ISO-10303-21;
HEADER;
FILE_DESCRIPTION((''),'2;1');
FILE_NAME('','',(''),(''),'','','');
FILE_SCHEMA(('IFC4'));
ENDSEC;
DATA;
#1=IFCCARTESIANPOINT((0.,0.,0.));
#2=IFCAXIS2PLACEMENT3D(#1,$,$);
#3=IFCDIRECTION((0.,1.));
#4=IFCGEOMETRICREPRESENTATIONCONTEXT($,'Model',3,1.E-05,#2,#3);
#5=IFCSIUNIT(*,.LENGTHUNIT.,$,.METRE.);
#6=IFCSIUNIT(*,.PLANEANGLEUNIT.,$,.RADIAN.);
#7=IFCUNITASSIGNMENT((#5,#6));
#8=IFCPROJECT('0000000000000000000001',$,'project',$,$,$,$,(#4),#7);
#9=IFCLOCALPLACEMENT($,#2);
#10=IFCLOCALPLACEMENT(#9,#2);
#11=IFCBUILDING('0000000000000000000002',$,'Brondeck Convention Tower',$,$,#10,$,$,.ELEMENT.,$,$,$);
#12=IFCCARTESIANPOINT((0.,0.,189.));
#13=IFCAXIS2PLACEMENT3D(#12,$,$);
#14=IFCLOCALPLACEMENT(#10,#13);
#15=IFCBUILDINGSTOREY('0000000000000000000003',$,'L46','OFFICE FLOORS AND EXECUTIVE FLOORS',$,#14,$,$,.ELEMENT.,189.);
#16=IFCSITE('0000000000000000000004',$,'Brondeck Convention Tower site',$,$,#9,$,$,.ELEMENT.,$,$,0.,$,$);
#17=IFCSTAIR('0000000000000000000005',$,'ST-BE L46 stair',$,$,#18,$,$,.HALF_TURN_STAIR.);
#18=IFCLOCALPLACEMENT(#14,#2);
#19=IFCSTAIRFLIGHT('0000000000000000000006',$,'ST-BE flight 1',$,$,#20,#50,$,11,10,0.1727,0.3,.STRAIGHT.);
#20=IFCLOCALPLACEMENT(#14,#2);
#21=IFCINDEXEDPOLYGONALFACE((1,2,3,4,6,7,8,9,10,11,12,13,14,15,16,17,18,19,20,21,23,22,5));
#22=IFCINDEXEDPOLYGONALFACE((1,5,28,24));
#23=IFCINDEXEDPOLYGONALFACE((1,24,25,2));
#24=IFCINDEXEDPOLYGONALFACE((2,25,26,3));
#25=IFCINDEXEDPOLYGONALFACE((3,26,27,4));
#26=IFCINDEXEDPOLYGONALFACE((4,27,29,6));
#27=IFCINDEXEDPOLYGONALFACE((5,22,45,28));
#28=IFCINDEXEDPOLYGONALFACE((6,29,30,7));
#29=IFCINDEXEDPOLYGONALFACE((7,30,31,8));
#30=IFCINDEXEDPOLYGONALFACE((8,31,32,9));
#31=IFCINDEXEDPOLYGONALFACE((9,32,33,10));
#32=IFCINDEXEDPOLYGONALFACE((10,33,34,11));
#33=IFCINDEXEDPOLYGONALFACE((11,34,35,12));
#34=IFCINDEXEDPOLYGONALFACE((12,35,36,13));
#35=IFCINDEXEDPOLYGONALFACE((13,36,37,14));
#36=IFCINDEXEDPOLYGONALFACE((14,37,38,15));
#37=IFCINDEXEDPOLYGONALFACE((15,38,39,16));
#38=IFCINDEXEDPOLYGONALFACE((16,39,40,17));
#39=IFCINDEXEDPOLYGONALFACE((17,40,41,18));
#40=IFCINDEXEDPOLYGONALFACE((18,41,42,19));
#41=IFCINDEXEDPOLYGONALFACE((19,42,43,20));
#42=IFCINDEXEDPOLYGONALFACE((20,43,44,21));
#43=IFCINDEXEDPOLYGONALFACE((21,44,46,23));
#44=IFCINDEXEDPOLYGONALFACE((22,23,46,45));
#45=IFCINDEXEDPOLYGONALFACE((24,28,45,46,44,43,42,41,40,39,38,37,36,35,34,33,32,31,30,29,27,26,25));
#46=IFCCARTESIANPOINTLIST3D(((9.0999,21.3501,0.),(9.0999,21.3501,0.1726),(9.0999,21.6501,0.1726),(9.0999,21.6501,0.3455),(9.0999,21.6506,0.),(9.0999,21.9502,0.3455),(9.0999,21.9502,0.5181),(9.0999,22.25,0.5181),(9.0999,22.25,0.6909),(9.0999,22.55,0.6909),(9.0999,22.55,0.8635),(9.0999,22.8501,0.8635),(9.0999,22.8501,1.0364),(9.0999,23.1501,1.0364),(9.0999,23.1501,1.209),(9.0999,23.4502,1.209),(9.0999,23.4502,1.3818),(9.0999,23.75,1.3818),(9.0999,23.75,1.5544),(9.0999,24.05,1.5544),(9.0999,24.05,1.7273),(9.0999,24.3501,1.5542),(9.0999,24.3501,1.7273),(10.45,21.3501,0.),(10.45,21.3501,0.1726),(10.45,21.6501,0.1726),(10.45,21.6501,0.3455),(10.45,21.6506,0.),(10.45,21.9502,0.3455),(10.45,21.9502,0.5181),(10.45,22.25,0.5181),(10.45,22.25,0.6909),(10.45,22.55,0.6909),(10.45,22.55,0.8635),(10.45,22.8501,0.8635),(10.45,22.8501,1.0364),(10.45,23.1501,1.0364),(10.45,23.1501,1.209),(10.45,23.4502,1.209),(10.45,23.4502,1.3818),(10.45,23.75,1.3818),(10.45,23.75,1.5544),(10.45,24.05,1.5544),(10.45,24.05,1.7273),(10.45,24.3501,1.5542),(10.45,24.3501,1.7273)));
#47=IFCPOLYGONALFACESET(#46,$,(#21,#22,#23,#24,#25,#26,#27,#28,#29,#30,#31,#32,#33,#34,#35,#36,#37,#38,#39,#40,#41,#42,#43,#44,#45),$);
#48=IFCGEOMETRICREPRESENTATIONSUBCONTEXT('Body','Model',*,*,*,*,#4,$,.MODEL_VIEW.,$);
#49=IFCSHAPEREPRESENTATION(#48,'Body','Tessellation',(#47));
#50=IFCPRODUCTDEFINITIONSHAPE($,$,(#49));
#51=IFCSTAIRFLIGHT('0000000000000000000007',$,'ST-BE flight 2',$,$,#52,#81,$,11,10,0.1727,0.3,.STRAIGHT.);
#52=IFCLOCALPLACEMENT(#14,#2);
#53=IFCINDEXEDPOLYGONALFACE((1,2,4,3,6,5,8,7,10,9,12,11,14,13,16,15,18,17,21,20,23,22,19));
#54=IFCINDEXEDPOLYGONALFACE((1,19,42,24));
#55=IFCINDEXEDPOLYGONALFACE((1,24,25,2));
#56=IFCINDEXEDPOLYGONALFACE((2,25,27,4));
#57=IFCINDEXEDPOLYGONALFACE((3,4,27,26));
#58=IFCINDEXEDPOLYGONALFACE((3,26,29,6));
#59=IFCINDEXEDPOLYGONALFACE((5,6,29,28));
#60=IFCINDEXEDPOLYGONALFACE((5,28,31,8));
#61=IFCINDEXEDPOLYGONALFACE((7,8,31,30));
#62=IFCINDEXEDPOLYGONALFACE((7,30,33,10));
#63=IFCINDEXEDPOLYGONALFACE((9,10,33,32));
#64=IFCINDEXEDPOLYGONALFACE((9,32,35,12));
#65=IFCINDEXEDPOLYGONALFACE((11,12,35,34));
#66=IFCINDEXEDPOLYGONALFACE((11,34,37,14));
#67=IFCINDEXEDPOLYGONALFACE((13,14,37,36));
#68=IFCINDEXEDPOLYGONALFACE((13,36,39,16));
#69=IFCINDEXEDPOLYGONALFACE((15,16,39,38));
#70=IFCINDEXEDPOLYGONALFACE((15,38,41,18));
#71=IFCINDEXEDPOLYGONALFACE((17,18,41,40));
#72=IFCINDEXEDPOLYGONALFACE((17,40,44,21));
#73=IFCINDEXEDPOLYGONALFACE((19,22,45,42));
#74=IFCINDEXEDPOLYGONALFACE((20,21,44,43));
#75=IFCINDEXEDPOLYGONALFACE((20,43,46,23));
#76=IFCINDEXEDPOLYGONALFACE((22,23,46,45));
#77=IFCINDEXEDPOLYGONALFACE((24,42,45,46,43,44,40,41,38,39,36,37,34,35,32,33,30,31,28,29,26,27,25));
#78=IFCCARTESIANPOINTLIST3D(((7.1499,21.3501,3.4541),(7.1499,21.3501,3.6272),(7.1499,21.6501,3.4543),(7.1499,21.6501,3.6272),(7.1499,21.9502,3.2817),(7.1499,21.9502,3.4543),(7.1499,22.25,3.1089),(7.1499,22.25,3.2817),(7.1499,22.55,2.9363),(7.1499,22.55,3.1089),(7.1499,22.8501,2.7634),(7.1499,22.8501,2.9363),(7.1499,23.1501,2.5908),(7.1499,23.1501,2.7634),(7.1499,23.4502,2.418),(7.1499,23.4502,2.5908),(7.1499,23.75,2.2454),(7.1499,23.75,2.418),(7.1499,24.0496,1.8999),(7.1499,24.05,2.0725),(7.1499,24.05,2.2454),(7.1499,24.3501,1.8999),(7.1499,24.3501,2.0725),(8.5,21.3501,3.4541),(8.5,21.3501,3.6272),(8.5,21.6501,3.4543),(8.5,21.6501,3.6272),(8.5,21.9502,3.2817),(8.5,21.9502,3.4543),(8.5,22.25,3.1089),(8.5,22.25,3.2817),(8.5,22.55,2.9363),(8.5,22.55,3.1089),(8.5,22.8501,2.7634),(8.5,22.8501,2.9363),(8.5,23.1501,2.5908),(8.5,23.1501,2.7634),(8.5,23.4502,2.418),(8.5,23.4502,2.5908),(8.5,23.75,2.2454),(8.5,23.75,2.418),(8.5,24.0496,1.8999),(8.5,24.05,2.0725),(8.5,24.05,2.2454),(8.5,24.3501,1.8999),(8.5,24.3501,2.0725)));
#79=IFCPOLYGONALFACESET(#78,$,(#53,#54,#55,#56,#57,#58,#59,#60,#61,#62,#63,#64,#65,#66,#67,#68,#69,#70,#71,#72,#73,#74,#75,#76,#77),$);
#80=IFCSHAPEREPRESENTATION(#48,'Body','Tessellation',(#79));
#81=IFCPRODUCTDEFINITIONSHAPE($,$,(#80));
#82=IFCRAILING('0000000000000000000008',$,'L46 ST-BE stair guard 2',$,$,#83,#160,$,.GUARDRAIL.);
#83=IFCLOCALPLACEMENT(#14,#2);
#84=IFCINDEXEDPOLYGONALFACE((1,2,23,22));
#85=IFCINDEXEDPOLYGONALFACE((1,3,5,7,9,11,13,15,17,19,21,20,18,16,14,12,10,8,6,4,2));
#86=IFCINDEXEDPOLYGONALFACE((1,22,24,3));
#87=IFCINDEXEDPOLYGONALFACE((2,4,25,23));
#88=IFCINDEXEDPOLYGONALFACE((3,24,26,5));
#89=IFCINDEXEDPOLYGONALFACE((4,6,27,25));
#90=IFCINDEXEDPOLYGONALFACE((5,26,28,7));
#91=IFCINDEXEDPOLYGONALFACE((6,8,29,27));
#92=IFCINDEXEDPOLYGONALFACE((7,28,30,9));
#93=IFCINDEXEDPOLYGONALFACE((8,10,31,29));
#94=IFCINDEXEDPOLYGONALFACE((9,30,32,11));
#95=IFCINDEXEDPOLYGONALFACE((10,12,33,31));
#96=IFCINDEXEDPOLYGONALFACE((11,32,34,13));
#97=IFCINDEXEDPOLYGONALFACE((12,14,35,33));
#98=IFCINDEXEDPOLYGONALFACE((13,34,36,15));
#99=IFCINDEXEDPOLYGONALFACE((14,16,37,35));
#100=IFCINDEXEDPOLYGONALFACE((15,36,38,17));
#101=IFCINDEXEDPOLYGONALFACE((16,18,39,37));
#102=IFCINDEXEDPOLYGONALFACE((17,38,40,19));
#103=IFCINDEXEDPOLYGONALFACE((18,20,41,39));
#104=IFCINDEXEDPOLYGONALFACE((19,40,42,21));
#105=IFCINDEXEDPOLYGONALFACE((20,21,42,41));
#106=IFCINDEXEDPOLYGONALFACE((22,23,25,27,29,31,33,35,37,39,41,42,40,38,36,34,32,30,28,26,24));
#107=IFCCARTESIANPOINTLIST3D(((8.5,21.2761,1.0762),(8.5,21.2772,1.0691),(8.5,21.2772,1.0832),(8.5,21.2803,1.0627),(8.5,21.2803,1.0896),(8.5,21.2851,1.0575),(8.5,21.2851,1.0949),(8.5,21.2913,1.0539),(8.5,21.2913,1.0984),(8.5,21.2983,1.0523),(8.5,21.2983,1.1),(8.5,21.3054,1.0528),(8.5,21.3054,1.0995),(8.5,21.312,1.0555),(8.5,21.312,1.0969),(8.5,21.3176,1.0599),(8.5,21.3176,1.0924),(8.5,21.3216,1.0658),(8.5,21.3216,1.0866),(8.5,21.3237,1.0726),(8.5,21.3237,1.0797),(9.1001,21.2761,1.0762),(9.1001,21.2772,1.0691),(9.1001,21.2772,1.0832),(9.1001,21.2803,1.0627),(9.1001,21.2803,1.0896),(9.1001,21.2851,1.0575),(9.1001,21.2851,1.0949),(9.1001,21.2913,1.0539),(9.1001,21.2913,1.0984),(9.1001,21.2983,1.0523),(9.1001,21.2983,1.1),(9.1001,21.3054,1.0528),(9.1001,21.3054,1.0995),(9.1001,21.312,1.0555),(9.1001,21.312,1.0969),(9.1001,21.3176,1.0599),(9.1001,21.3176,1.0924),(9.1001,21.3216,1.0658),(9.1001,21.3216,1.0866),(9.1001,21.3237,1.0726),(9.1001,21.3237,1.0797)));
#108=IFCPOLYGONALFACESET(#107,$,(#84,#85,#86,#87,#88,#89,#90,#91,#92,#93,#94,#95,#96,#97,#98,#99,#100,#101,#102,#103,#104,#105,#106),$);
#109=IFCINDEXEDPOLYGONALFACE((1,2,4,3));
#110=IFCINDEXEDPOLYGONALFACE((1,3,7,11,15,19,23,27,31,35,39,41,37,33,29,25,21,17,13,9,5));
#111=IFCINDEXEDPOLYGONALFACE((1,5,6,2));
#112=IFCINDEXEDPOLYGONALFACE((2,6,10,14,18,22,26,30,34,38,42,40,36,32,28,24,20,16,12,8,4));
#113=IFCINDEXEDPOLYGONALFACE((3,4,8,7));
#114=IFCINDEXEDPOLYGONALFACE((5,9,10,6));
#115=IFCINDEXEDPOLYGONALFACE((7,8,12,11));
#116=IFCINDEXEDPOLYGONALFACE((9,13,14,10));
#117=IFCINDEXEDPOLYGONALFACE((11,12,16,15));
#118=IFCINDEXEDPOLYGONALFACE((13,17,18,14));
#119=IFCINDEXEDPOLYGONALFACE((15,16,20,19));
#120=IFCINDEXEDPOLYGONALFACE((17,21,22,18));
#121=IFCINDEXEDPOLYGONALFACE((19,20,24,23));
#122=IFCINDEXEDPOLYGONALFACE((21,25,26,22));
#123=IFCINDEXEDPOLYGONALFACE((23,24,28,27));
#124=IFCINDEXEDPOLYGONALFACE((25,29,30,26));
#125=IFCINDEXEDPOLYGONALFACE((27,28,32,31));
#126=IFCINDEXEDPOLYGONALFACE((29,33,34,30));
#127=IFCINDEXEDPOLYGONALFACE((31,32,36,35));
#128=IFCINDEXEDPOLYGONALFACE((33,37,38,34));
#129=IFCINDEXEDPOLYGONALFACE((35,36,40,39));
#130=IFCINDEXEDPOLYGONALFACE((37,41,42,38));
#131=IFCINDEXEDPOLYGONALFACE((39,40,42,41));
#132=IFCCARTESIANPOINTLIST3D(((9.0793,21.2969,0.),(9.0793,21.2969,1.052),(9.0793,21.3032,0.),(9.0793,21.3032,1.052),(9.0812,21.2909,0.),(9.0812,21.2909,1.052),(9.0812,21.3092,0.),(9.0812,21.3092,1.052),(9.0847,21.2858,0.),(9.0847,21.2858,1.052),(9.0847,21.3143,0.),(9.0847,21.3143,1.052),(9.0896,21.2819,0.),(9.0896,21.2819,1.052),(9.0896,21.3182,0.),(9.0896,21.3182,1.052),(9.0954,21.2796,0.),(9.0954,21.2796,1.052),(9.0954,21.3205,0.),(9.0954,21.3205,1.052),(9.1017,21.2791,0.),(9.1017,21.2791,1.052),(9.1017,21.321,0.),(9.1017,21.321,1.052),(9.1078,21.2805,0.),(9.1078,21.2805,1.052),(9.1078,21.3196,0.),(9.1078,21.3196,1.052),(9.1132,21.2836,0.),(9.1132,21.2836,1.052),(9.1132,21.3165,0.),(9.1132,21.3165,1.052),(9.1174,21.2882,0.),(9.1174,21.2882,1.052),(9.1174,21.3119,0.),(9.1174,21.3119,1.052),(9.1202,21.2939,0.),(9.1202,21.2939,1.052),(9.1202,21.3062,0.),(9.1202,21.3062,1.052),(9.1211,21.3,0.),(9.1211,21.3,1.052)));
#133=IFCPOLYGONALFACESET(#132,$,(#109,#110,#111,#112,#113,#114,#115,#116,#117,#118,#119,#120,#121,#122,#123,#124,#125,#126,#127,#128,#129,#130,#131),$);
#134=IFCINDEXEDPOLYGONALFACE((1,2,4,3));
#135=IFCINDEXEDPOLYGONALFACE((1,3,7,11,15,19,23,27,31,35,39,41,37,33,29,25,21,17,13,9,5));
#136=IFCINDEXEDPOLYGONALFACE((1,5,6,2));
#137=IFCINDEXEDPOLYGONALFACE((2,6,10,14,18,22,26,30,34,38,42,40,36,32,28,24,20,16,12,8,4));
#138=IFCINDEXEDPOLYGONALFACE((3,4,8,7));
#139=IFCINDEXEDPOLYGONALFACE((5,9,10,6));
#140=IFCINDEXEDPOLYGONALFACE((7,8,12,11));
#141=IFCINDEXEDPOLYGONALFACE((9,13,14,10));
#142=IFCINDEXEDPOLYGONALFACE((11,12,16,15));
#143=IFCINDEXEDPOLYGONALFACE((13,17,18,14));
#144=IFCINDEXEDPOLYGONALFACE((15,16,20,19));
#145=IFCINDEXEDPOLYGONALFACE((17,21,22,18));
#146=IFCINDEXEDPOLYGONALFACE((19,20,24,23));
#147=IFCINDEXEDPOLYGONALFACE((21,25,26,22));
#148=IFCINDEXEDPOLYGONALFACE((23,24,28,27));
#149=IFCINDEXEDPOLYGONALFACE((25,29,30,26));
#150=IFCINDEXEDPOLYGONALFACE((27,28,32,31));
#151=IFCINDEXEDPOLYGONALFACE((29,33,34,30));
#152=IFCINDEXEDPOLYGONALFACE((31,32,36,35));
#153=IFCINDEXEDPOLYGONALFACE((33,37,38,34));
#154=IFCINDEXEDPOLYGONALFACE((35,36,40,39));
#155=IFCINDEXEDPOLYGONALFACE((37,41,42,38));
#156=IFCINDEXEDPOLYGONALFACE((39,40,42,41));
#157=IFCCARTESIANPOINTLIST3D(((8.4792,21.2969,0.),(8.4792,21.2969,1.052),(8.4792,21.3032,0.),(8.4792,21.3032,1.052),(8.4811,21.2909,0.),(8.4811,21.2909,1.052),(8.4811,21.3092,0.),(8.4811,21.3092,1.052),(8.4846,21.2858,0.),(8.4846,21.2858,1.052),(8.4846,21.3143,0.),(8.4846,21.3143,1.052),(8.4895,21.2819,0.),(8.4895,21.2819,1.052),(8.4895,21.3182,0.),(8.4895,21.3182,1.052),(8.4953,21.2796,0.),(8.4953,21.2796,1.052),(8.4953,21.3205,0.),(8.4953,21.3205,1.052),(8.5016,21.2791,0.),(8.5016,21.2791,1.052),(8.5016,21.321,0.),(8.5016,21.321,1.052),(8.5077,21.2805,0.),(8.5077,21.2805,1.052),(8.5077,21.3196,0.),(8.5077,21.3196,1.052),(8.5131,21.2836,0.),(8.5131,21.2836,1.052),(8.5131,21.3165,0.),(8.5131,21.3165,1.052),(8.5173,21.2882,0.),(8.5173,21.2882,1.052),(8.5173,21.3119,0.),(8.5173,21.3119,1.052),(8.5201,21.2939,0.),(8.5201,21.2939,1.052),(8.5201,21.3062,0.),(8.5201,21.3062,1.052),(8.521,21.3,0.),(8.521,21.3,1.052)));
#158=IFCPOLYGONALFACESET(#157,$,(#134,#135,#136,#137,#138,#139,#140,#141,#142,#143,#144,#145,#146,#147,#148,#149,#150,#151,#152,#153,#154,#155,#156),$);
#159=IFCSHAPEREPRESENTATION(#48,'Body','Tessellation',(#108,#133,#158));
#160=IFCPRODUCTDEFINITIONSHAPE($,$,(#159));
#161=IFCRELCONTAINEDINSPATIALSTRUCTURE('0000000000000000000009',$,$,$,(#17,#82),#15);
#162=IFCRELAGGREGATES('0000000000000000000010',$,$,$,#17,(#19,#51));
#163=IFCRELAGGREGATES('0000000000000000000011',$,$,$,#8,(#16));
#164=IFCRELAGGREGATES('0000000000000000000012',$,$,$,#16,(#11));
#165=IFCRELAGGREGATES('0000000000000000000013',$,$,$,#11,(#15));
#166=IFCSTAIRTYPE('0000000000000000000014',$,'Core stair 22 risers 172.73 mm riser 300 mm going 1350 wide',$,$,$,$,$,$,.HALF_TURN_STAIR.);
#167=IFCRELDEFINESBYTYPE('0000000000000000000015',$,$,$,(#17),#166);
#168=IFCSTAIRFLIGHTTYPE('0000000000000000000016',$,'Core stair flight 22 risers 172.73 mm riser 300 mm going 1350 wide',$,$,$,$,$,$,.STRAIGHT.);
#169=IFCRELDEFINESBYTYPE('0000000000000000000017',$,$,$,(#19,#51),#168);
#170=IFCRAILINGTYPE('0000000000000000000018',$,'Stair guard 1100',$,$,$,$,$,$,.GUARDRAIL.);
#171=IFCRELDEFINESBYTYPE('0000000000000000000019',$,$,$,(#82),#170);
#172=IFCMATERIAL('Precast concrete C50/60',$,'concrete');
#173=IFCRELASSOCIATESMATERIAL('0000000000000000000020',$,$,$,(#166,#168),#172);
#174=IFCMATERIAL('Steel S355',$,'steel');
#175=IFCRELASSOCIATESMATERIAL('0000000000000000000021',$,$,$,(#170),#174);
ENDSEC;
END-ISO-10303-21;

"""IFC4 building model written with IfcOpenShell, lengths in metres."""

from ifc_helpers import new_model, si_unit, direction, frame, origin, origin_2d, place, context, subcontext, project, spatial, polyline, circle, outline, extrude, material, type_object, element, aggregate, save


model = new_model("IFC4")

# Units and contexts
model_context = context("Model", 3, precision=1e-05, world=origin(), true_north=direction((0.0, 1.0)))
body_context = subcontext(model_context, "Body", "Model", "MODEL_VIEW")
ifc_project = project(units=[si_unit("LENGTHUNIT", "METRE"), si_unit("PLANEANGLEUNIT", "RADIAN")], contexts=[model_context])

# Site, building, storey
site_placement = place(None, origin())
site = spatial("IfcSite", under=ifc_project, at=site_placement, Name="Brondeck Convention Tower site", CompositionType="ELEMENT", RefElevation=0.0)
building_placement = place(site_placement, origin())
building = spatial("IfcBuilding", under=site, at=building_placement, Name="Brondeck Convention Tower", CompositionType="ELEMENT")
storey_placement = place(building_placement, frame((0.0, 0.0, 189.0)))
storey = spatial("IfcBuildingStorey", under=building, at=storey_placement, Name="L46", Description="OFFICE FLOORS AND EXECUTIVE FLOORS", CompositionType="ELEMENT", Elevation=189.0)

# Shared definitions
ifc_material_1 = material(Name="Steel S355", Category="steel")

# Stair, stair flights
ifc_material_2 = material(Name="Precast concrete C50/60", Category="concrete")
stair_type = type_object("IfcStairType", Name="Core stair 22 risers 172.73 mm riser 300 mm going 1350 wide", PredefinedType="HALF_TURN_STAIR", material=ifc_material_2)
stair_placement = place(storey_placement, origin())
stair = element("IfcStair", 1, at=stair_placement, inside=storey, type_object=stair_type, Name="ST-BE L46 stair", PredefinedType="HALF_TURN_STAIR")
stair_flight_type = type_object("IfcStairFlightType", Name="Core stair flight 22 risers 172.73 mm riser 300 mm going 1350 wide", PredefinedType="STRAIGHT", material=ifc_material_2)
stair_flight_1_placement = place(storey_placement, frame((9.7749, 21.3501, 0.0), z_axis=(0.0, 0.0, 1.0), x_axis=(0.0, 1.0, 0.0)))
stair_flight_1 = element("IfcStairFlight", 2, at=stair_flight_1_placement, type_object=stair_flight_type, Name="ST-BE flight 1", NumberOfRisers=11, NumberOfTreads=10, PredefinedType="STRAIGHT", RiserHeight=0.1727, TreadLength=0.3, context=body_context, shape_type="SweptSolid", body=[
    extrude(outline(polyline([(0.0, 0.0), (0.0, 0.1726), (0.3, 0.1726), (0.3, 0.3455), (0.6001, 0.3455), (0.6001, 0.5181), (0.8999, 0.5181), (0.8999, 0.6909), (1.2, 0.6909), (1.2, 0.8635), (1.5, 0.8635), (1.5, 1.0364), (1.8, 1.0364), (1.8, 1.209), (2.1001, 1.209), (2.1001, 1.3818), (2.3999, 1.3818), (2.3999, 1.5544), (2.7, 1.5544), (2.7, 1.7273), (3.0, 1.7273), (3.0, 1.8999), (3.0, 1.5542), (0.3005, 0.0), (0.0, 0.0)])), frame((0.0, 0.675, 0.0), z_axis=(0.0, -1.0, 0.0), x_axis=(1.0, 0.0, 0.0)), (0.0, 0.0, 1.0), 1.3501),
])
stair_flight_2_placement = place(storey_placement, frame((7.825, 24.3501, 1.8999), z_axis=(0.0, 0.0, 1.0), x_axis=(0.0, -1.0, 0.0)))
stair_flight_2 = element("IfcStairFlight", 3, at=stair_flight_2_placement, type_object=stair_flight_type, Name="ST-BE flight 2", NumberOfRisers=11, NumberOfTreads=10, PredefinedType="STRAIGHT", RiserHeight=0.1727, TreadLength=0.3, context=body_context, shape_type="SweptSolid", body=[
    extrude(outline(polyline([(0.0, 0.0), (0.0, 0.1726), (0.3, 0.1726), (0.3, 0.3455), (0.6001, 0.3455), (0.6001, 0.5181), (0.8999, 0.5181), (0.8999, 0.6909), (1.2, 0.6909), (1.2, 0.8635), (1.5, 0.8635), (1.5, 1.0364), (1.8, 1.0364), (1.8, 1.209), (2.1001, 1.209), (2.1001, 1.3818), (2.3999, 1.3818), (2.3999, 1.5544), (2.7, 1.5544), (2.7, 1.7273), (3.0, 1.7273), (3.0, 1.8999), (3.0, 1.5542), (0.3005, 0.0), (0.0, 0.0)])), frame((0.0, 0.675, 0.0), z_axis=(0.0, -1.0, 0.0), x_axis=(1.0, 0.0, 0.0)), (0.0, 0.0, 1.0), 1.3501),
])
aggregate(stair, [stair_flight_1, stair_flight_2])

# Railing
railing_type_1 = type_object("IfcRailingType", Name="Stair guard 1100", PredefinedType="GUARDRAIL", material=ifc_material_1)
railing_1_placement = place(storey_placement, frame((9.1001, 21.3, 0.0)))
element("IfcRailing", 4, at=railing_1_placement, inside=storey, type_object=railing_type_1, Name="L46 ST-BE stair guard 2", PredefinedType="GUARDRAIL", context=body_context, shape_type="SweptSolid", body=[
    extrude(circle(Radius=0.0239, at=origin_2d()), frame((0.0, 0.0, 1.0762), z_axis=(-1.0, 0.0, 0.0), x_axis=(0.0, -1.0, 0.0)), (0.0, 0.0, 1.0), 0.6001),
    extrude(circle(Radius=0.021, at=origin_2d()), origin(), (0.0, 0.0, 1.0), 1.052),
    extrude(circle(Radius=0.021, at=origin_2d()), frame((-0.6001, 0.0, 0.0)), (0.0, 0.0, 1.0), 1.052),
])

save(model, "model.ifc")
